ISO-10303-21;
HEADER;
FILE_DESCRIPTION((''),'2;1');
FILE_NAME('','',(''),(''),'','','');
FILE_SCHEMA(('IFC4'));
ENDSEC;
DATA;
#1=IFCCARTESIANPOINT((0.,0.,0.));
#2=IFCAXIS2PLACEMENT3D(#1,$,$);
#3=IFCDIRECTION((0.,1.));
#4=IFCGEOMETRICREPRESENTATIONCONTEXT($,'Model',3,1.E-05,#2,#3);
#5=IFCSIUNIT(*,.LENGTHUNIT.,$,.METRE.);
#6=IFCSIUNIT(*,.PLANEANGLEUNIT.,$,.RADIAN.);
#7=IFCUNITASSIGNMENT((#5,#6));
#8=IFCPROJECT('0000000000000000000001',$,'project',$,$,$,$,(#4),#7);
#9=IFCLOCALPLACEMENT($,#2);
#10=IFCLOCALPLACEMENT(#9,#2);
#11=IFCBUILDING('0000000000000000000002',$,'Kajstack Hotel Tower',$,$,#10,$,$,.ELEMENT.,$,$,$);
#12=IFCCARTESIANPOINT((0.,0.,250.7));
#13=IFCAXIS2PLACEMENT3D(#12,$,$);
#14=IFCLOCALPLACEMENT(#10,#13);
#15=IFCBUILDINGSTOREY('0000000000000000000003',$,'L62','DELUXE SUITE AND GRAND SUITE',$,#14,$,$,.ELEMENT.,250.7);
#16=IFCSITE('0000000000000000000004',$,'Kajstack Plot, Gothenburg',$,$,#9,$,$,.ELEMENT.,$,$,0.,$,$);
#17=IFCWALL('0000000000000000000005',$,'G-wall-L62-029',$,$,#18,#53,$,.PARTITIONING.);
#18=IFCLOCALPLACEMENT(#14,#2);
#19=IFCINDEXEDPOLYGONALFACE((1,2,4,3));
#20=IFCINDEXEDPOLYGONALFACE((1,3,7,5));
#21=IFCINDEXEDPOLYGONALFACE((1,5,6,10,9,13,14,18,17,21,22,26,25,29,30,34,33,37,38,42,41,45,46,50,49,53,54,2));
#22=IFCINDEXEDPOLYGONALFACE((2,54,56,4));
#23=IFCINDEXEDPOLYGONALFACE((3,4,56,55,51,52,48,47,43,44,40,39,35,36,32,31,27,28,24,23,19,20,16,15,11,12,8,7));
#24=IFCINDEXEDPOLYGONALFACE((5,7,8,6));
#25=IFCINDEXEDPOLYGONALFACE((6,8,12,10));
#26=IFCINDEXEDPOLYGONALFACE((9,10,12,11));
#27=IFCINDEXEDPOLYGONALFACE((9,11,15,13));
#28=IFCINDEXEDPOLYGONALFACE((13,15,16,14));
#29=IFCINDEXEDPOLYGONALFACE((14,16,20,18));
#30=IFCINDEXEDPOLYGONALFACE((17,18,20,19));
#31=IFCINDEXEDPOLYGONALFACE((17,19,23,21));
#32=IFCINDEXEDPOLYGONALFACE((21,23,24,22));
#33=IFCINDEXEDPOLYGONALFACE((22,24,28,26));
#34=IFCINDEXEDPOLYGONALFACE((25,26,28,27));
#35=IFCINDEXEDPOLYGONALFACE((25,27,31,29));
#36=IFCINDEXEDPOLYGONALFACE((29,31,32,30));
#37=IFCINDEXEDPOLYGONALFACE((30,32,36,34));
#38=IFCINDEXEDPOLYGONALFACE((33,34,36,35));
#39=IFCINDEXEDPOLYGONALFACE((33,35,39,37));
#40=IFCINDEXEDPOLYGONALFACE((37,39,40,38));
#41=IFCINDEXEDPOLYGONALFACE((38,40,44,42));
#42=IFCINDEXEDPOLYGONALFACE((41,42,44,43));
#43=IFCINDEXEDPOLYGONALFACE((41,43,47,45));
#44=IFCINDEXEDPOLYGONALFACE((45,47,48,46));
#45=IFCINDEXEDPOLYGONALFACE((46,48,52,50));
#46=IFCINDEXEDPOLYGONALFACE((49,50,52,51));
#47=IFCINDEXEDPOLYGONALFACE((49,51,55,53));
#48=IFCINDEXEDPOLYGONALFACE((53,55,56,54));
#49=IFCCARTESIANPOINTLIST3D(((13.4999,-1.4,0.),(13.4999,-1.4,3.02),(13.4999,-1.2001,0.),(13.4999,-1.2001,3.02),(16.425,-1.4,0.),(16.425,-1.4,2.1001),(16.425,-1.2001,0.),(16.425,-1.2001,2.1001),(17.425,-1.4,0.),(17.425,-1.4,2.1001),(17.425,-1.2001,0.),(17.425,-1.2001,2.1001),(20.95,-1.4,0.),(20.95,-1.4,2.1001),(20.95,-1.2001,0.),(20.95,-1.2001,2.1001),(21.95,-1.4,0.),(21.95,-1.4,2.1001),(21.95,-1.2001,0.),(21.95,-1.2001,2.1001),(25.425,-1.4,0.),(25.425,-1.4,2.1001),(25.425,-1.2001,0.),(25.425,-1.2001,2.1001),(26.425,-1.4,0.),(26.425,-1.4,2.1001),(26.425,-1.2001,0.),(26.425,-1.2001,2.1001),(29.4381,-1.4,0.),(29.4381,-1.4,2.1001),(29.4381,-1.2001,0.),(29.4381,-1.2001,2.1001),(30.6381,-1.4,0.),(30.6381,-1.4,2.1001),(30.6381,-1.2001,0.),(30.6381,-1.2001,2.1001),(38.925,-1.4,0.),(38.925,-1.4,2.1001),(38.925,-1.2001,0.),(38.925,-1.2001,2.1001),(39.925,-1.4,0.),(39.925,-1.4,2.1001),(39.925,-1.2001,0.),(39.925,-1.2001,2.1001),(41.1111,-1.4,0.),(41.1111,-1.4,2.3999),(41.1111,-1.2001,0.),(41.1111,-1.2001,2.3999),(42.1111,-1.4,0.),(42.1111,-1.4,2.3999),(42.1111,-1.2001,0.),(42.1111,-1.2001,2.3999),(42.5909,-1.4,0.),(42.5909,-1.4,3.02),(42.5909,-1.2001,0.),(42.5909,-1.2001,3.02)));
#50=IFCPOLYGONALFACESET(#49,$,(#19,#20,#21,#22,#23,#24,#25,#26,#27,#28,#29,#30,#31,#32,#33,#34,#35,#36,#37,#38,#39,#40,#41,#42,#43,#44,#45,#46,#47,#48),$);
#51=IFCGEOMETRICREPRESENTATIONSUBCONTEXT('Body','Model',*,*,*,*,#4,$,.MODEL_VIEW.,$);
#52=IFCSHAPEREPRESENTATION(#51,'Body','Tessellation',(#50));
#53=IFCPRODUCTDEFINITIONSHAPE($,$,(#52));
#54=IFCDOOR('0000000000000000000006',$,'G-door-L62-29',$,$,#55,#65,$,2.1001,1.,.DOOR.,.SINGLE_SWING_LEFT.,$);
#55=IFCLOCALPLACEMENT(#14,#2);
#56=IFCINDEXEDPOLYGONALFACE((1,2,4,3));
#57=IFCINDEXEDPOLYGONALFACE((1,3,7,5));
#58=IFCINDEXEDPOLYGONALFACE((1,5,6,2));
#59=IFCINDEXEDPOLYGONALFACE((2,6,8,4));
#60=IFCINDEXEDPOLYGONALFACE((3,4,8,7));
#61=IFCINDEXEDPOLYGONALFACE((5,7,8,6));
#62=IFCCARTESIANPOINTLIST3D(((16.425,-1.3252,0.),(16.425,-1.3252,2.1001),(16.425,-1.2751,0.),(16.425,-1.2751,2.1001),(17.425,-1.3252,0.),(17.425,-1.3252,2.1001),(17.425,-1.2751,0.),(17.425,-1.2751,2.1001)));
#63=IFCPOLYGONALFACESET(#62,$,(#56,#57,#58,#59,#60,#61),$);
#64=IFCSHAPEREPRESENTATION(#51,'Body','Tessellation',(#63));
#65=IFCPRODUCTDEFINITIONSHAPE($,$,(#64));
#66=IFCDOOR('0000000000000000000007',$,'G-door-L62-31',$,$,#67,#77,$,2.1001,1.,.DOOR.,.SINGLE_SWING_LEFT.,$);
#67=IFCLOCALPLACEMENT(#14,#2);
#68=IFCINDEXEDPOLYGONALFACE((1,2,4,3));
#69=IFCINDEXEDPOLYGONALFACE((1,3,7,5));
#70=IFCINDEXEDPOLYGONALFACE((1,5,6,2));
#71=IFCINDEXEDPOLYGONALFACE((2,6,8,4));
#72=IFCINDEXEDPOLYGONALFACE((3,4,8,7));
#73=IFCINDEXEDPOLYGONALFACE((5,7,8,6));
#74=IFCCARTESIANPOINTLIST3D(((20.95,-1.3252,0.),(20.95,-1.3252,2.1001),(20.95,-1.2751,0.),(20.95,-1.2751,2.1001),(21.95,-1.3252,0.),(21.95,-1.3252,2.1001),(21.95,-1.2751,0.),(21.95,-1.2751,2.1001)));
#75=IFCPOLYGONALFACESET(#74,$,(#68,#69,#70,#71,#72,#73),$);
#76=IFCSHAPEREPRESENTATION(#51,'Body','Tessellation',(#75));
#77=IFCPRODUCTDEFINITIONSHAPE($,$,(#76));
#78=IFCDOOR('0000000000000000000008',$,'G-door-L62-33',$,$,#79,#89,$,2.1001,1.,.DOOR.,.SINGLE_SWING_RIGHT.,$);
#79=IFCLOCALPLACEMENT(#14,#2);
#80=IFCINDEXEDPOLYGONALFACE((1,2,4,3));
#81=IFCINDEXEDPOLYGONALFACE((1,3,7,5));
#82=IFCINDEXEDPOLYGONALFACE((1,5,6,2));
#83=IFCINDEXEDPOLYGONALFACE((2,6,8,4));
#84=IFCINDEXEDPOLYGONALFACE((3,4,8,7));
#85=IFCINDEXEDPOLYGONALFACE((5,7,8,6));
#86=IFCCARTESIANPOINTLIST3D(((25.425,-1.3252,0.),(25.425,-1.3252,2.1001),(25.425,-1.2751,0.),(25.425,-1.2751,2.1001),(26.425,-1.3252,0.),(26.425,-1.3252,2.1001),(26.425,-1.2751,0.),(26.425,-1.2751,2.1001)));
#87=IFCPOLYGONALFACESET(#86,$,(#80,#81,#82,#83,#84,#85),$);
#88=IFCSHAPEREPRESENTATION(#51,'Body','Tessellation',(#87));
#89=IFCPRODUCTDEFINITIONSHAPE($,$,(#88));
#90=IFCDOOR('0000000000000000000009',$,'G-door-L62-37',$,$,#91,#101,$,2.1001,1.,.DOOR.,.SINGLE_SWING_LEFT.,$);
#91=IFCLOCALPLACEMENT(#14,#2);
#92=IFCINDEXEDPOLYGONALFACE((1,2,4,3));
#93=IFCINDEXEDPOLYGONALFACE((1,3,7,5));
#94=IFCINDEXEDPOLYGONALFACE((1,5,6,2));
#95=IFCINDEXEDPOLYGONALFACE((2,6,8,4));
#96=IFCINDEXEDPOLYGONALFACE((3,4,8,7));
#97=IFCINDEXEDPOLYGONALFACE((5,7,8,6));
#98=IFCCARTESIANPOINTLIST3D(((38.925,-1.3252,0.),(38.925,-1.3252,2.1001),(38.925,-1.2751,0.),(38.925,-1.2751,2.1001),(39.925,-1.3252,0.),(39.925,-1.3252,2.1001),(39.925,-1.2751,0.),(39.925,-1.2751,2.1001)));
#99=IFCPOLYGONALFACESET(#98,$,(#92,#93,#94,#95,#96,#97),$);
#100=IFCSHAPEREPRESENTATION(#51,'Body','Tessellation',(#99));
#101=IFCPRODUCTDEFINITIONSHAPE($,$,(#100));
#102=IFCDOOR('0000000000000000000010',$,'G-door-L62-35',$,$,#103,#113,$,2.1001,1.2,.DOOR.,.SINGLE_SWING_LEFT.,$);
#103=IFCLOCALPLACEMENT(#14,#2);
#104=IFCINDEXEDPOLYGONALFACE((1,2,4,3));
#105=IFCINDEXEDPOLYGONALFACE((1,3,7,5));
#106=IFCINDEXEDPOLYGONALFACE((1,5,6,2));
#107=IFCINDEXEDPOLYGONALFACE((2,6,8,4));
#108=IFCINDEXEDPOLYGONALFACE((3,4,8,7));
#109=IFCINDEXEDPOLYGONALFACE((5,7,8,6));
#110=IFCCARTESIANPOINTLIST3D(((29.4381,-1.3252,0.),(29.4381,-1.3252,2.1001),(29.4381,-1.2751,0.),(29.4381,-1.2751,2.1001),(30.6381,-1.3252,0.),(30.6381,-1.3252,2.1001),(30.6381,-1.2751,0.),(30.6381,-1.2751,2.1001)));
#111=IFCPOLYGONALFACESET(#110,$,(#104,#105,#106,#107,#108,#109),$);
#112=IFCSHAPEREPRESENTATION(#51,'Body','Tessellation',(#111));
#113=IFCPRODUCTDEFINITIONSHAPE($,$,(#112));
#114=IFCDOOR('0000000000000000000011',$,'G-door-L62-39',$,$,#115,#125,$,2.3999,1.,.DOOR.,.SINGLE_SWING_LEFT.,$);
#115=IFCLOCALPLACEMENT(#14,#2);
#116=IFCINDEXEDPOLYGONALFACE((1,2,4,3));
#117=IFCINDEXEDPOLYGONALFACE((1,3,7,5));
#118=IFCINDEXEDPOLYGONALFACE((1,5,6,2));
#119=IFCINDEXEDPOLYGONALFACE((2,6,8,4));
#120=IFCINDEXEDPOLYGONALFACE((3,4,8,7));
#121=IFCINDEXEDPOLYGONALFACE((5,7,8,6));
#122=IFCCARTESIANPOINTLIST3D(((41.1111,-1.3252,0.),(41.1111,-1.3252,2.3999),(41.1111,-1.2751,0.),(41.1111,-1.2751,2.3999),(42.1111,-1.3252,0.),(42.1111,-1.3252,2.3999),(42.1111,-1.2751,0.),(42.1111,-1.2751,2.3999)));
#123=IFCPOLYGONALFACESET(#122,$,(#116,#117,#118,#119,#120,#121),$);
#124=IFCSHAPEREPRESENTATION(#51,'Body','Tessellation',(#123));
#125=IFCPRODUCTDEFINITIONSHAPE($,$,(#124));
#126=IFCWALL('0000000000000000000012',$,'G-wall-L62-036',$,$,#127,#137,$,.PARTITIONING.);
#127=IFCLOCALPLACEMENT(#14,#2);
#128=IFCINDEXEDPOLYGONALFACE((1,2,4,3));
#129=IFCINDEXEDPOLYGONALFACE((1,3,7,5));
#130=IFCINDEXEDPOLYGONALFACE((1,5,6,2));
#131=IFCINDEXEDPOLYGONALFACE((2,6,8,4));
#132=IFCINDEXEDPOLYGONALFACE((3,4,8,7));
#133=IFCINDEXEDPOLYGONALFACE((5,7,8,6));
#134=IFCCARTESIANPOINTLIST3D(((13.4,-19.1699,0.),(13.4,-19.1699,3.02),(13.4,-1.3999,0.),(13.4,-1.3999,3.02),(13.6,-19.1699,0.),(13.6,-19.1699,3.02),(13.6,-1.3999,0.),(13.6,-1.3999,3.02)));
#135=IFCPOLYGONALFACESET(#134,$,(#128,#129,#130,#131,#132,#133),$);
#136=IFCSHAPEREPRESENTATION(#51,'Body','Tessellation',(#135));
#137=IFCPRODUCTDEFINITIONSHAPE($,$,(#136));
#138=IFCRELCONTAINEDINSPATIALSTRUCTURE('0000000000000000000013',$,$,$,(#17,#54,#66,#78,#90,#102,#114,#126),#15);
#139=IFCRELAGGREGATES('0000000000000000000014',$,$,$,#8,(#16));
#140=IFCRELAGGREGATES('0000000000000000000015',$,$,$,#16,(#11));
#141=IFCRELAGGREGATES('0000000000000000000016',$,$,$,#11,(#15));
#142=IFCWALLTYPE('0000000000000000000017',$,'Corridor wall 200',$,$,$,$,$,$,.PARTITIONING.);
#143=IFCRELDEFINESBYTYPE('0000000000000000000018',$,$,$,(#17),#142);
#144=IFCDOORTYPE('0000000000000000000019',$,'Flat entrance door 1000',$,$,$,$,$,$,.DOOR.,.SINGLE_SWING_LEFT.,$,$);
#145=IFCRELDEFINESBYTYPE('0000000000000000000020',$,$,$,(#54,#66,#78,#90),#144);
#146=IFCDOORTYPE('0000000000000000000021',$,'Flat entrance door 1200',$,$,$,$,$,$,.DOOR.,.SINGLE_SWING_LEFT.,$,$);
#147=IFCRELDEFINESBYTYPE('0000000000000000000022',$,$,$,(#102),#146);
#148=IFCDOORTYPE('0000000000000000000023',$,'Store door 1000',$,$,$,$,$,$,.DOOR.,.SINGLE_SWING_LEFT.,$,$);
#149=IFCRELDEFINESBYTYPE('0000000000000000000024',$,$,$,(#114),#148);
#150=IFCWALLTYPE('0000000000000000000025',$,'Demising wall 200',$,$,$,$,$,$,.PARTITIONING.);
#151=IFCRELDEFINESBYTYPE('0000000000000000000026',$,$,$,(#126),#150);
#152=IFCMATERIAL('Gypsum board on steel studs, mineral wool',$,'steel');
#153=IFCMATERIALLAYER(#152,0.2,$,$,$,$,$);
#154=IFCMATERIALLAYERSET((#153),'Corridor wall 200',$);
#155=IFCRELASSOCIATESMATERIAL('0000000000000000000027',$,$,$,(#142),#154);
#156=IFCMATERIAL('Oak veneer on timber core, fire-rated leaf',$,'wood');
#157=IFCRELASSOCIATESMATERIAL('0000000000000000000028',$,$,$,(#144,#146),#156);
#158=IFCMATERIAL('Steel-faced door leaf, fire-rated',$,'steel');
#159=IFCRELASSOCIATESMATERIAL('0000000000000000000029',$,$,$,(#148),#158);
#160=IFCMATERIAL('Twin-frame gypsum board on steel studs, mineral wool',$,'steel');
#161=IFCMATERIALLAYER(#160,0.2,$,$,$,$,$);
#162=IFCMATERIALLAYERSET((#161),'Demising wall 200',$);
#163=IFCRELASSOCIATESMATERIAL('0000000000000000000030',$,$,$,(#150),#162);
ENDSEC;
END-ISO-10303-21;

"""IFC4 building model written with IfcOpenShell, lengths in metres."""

from ifc_helpers import new_model, si_unit, direction, frame, frame_2d, origin, place, context, subcontext, project, spatial, rectangle, extrude, material, layer, layer_set, type_object, element, fill, save


model = new_model("IFC4")

# Units and contexts
model_context = context("Model", 3, precision=1e-05, world=origin(), true_north=direction((0.0, 1.0)))
body_context = subcontext(model_context, "Body", "Model", "MODEL_VIEW")
ifc_project = project(units=[si_unit("LENGTHUNIT", "METRE"), si_unit("PLANEANGLEUNIT", "RADIAN")], contexts=[model_context])

# Site, building, storey
site_placement = place(None, origin())
site = spatial("IfcSite", under=ifc_project, at=site_placement, Name="Kajstack Plot, Gothenburg", CompositionType="ELEMENT", RefElevation=0.0)
building_placement = place(site_placement, origin())
building = spatial("IfcBuilding", under=site, at=building_placement, Name="Kajstack Hotel Tower", CompositionType="ELEMENT")
storey_placement = place(building_placement, frame((0.0, 0.0, 250.7)))
storey = spatial("IfcBuildingStorey", under=building, at=storey_placement, Name="L62", Description="DELUXE SUITE AND GRAND SUITE", CompositionType="ELEMENT", Elevation=250.7)

# Wall, openings, doors
ifc_material_1 = material(Name="Gypsum board on steel studs, mineral wool", Category="steel")
ifc_layer_1 = layer(ifc_material_1, 0.2)
ifc_layer_set_1 = layer_set([ifc_layer_1], Name="Corridor wall 200")
wall_type_1 = type_object("IfcWallType", Name="Corridor wall 200", PredefinedType="PARTITIONING", material=ifc_layer_set_1)
wall_1_placement = place(storey_placement, frame((13.5, -1.3, 0.0), z_axis=(0.0, 0.0, 1.0), x_axis=(1.0, 0.0, 0.0)))
wall_1 = element("IfcWall", 1, at=wall_1_placement, inside=storey, type_object=wall_type_1, Name="G-wall-L62-029", PredefinedType="PARTITIONING", context=body_context, shape_type="SweptSolid", body=[
    extrude(rectangle(XDim=29.0911, YDim=0.2, at=frame_2d((14.5454, 0.0))), origin(), (0.0, 0.0, 1.0), 3.02),
])
opening_1_placement = place(wall_1_placement, frame((2.925, 0.0, 0.0)))
opening_1 = element("IfcOpeningElement", 2, at=opening_1_placement, cuts=wall_1, PredefinedType="OPENING", context=body_context, shape_type="SweptSolid", body=[
    extrude(rectangle(XDim=1.0, YDim=2.1001, at=frame_2d((0.5, 1.05))), frame((0.0, 0.1099, 0.0), z_axis=(0.0, -1.0, 0.0), x_axis=(1.0, 0.0, 0.0)), (0.0, 0.0, 1.0), 0.22),
])
opening_2_placement = place(wall_1_placement, frame((7.45, 0.0, 0.0)))
opening_2 = element("IfcOpeningElement", 3, at=opening_2_placement, cuts=wall_1, PredefinedType="OPENING", context=body_context, shape_type="SweptSolid", body=[
    extrude(rectangle(XDim=1.0, YDim=2.1001, at=frame_2d((0.5, 1.05))), frame((0.0, 0.1099, 0.0), z_axis=(0.0, -1.0, 0.0), x_axis=(1.0, 0.0, 0.0)), (0.0, 0.0, 1.0), 0.22),
])
opening_3_placement = place(wall_1_placement, frame((11.925, 0.0, 0.0)))
opening_3 = element("IfcOpeningElement", 4, at=opening_3_placement, cuts=wall_1, PredefinedType="OPENING", context=body_context, shape_type="SweptSolid", body=[
    extrude(rectangle(XDim=1.0, YDim=2.1001, at=frame_2d((0.5, 1.05))), frame((0.0, 0.1099, 0.0), z_axis=(0.0, -1.0, 0.0), x_axis=(1.0, 0.0, 0.0)), (0.0, 0.0, 1.0), 0.22),
])
opening_4_placement = place(wall_1_placement, frame((15.938, 0.0, 0.0)))
opening_4 = element("IfcOpeningElement", 5, at=opening_4_placement, cuts=wall_1, PredefinedType="OPENING", context=body_context, shape_type="SweptSolid", body=[
    extrude(rectangle(XDim=1.2, YDim=2.1001, at=frame_2d((0.6001, 1.05))), frame((0.0, 0.1099, 0.0), z_axis=(0.0, -1.0, 0.0), x_axis=(1.0, 0.0, 0.0)), (0.0, 0.0, 1.0), 0.22),
])
opening_5_placement = place(wall_1_placement, frame((25.425, 0.0, 0.0)))
opening_5 = element("IfcOpeningElement", 6, at=opening_5_placement, cuts=wall_1, PredefinedType="OPENING", context=body_context, shape_type="SweptSolid", body=[
    extrude(rectangle(XDim=1.0, YDim=2.1001, at=frame_2d((0.5, 1.05))), frame((0.0, 0.1099, 0.0), z_axis=(0.0, -1.0, 0.0), x_axis=(1.0, 0.0, 0.0)), (0.0, 0.0, 1.0), 0.22),
])
opening_6_placement = place(wall_1_placement, frame((27.6111, 0.0, 0.0)))
opening_6 = element("IfcOpeningElement", 7, at=opening_6_placement, cuts=wall_1, PredefinedType="OPENING", context=body_context, shape_type="SweptSolid", body=[
    extrude(rectangle(XDim=1.0, YDim=2.3999, at=frame_2d((0.5, 1.2))), frame((0.0, 0.1099, 0.0), z_axis=(0.0, -1.0, 0.0), x_axis=(1.0, 0.0, 0.0)), (0.0, 0.0, 1.0), 0.22),
])
ifc_material_2 = material(Name="Oak veneer on timber core, fire-rated leaf", Category="wood")
door_type_1 = type_object("IfcDoorType", Name="Flat entrance door 1000", OperationType="SINGLE_SWING_LEFT", PredefinedType="DOOR", material=ifc_material_2)
door_1_placement = place(opening_1_placement, origin())
door_1 = element("IfcDoor", 8, at=door_1_placement, inside=storey, type_object=door_type_1, Name="G-door-L62-29", OperationType="SINGLE_SWING_LEFT", OverallHeight=2.1001, OverallWidth=1.0, PredefinedType="DOOR", context=body_context, shape_type="SweptSolid", body=[
    extrude(rectangle(XDim=1.0, YDim=2.1001, at=frame_2d((0.5, 1.05))), frame((0.0, 0.0249, 0.0), z_axis=(0.0, -1.0, 0.0), x_axis=(1.0, 0.0, 0.0)), (0.0, 0.0, 1.0), 0.05),
])
fill(opening_1, door_1)
door_2_placement = place(opening_2_placement, origin())
door_2 = element("IfcDoor", 9, at=door_2_placement, inside=storey, type_object=door_type_1, Name="G-door-L62-31", OperationType="SINGLE_SWING_LEFT", OverallHeight=2.1001, OverallWidth=1.0, PredefinedType="DOOR", context=body_context, shape_type="SweptSolid", body=[
    extrude(rectangle(XDim=1.0, YDim=2.1001, at=frame_2d((0.5, 1.05))), frame((0.0, 0.0249, 0.0), z_axis=(0.0, -1.0, 0.0), x_axis=(1.0, 0.0, 0.0)), (0.0, 0.0, 1.0), 0.05),
])
fill(opening_2, door_2)
door_3_placement = place(opening_3_placement, origin())
door_3 = element("IfcDoor", 10, at=door_3_placement, inside=storey, type_object=door_type_1, Name="G-door-L62-33", OperationType="SINGLE_SWING_RIGHT", OverallHeight=2.1001, OverallWidth=1.0, PredefinedType="DOOR", context=body_context, shape_type="SweptSolid", body=[
    extrude(rectangle(XDim=1.0, YDim=2.1001, at=frame_2d((0.5, 1.05))), frame((0.0, 0.0249, 0.0), z_axis=(0.0, -1.0, 0.0), x_axis=(1.0, 0.0, 0.0)), (0.0, 0.0, 1.0), 0.05),
])
fill(opening_3, door_3)
door_4_placement = place(opening_5_placement, origin())
door_4 = element("IfcDoor", 11, at=door_4_placement, inside=storey, type_object=door_type_1, Name="G-door-L62-37", OperationType="SINGLE_SWING_LEFT", OverallHeight=2.1001, OverallWidth=1.0, PredefinedType="DOOR", context=body_context, shape_type="SweptSolid", body=[
    extrude(rectangle(XDim=1.0, YDim=2.1001, at=frame_2d((0.5, 1.05))), frame((0.0, 0.0249, 0.0), z_axis=(0.0, -1.0, 0.0), x_axis=(1.0, 0.0, 0.0)), (0.0, 0.0, 1.0), 0.05),
])
fill(opening_5, door_4)
door_type_2 = type_object("IfcDoorType", Name="Flat entrance door 1200", OperationType="SINGLE_SWING_LEFT", PredefinedType="DOOR", material=ifc_material_2)
door_5_placement = place(opening_4_placement, origin())
door_5 = element("IfcDoor", 12, at=door_5_placement, inside=storey, type_object=door_type_2, Name="G-door-L62-35", OperationType="SINGLE_SWING_LEFT", OverallHeight=2.1001, OverallWidth=1.2, PredefinedType="DOOR", context=body_context, shape_type="SweptSolid", body=[
    extrude(rectangle(XDim=1.2, YDim=2.1001, at=frame_2d((0.6001, 1.05))), frame((0.0, 0.0249, 0.0), z_axis=(0.0, -1.0, 0.0), x_axis=(1.0, 0.0, 0.0)), (0.0, 0.0, 1.0), 0.05),
])
fill(opening_4, door_5)
ifc_material_3 = material(Name="Steel-faced door leaf, fire-rated", Category="steel")
door_type_3 = type_object("IfcDoorType", Name="Store door 1000", OperationType="SINGLE_SWING_LEFT", PredefinedType="DOOR", material=ifc_material_3)
door_6_placement = place(opening_6_placement, origin())
door_6 = element("IfcDoor", 13, at=door_6_placement, inside=storey, type_object=door_type_3, Name="G-door-L62-39", OperationType="SINGLE_SWING_LEFT", OverallHeight=2.3999, OverallWidth=1.0, PredefinedType="DOOR", context=body_context, shape_type="SweptSolid", body=[
    extrude(rectangle(XDim=1.0, YDim=2.3999, at=frame_2d((0.5, 1.2))), frame((0.0, 0.0249, 0.0), z_axis=(0.0, -1.0, 0.0), x_axis=(1.0, 0.0, 0.0)), (0.0, 0.0, 1.0), 0.05),
])
fill(opening_6, door_6)

# Wall
ifc_material_4 = material(Name="Twin-frame gypsum board on steel studs, mineral wool", Category="steel")
ifc_layer_2 = layer(ifc_material_4, 0.2)
ifc_layer_set_2 = layer_set([ifc_layer_2], Name="Demising wall 200")
wall_type_2 = type_object("IfcWallType", Name="Demising wall 200", PredefinedType="PARTITIONING", material=ifc_layer_set_2)
wall_2_placement = place(storey_placement, frame((13.5, -19.1699, 0.0), z_axis=(0.0, 0.0, 1.0), x_axis=(0.0, 1.0, 0.0)))
element("IfcWall", 14, at=wall_2_placement, inside=storey, type_object=wall_type_2, Name="G-wall-L62-036", PredefinedType="PARTITIONING", context=body_context, shape_type="SweptSolid", body=[
    extrude(rectangle(XDim=17.77, YDim=0.2, at=frame_2d((8.885, 0.0))), origin(), (0.0, 0.0, 1.0), 3.02),
])

save(model, "model.ifc")
